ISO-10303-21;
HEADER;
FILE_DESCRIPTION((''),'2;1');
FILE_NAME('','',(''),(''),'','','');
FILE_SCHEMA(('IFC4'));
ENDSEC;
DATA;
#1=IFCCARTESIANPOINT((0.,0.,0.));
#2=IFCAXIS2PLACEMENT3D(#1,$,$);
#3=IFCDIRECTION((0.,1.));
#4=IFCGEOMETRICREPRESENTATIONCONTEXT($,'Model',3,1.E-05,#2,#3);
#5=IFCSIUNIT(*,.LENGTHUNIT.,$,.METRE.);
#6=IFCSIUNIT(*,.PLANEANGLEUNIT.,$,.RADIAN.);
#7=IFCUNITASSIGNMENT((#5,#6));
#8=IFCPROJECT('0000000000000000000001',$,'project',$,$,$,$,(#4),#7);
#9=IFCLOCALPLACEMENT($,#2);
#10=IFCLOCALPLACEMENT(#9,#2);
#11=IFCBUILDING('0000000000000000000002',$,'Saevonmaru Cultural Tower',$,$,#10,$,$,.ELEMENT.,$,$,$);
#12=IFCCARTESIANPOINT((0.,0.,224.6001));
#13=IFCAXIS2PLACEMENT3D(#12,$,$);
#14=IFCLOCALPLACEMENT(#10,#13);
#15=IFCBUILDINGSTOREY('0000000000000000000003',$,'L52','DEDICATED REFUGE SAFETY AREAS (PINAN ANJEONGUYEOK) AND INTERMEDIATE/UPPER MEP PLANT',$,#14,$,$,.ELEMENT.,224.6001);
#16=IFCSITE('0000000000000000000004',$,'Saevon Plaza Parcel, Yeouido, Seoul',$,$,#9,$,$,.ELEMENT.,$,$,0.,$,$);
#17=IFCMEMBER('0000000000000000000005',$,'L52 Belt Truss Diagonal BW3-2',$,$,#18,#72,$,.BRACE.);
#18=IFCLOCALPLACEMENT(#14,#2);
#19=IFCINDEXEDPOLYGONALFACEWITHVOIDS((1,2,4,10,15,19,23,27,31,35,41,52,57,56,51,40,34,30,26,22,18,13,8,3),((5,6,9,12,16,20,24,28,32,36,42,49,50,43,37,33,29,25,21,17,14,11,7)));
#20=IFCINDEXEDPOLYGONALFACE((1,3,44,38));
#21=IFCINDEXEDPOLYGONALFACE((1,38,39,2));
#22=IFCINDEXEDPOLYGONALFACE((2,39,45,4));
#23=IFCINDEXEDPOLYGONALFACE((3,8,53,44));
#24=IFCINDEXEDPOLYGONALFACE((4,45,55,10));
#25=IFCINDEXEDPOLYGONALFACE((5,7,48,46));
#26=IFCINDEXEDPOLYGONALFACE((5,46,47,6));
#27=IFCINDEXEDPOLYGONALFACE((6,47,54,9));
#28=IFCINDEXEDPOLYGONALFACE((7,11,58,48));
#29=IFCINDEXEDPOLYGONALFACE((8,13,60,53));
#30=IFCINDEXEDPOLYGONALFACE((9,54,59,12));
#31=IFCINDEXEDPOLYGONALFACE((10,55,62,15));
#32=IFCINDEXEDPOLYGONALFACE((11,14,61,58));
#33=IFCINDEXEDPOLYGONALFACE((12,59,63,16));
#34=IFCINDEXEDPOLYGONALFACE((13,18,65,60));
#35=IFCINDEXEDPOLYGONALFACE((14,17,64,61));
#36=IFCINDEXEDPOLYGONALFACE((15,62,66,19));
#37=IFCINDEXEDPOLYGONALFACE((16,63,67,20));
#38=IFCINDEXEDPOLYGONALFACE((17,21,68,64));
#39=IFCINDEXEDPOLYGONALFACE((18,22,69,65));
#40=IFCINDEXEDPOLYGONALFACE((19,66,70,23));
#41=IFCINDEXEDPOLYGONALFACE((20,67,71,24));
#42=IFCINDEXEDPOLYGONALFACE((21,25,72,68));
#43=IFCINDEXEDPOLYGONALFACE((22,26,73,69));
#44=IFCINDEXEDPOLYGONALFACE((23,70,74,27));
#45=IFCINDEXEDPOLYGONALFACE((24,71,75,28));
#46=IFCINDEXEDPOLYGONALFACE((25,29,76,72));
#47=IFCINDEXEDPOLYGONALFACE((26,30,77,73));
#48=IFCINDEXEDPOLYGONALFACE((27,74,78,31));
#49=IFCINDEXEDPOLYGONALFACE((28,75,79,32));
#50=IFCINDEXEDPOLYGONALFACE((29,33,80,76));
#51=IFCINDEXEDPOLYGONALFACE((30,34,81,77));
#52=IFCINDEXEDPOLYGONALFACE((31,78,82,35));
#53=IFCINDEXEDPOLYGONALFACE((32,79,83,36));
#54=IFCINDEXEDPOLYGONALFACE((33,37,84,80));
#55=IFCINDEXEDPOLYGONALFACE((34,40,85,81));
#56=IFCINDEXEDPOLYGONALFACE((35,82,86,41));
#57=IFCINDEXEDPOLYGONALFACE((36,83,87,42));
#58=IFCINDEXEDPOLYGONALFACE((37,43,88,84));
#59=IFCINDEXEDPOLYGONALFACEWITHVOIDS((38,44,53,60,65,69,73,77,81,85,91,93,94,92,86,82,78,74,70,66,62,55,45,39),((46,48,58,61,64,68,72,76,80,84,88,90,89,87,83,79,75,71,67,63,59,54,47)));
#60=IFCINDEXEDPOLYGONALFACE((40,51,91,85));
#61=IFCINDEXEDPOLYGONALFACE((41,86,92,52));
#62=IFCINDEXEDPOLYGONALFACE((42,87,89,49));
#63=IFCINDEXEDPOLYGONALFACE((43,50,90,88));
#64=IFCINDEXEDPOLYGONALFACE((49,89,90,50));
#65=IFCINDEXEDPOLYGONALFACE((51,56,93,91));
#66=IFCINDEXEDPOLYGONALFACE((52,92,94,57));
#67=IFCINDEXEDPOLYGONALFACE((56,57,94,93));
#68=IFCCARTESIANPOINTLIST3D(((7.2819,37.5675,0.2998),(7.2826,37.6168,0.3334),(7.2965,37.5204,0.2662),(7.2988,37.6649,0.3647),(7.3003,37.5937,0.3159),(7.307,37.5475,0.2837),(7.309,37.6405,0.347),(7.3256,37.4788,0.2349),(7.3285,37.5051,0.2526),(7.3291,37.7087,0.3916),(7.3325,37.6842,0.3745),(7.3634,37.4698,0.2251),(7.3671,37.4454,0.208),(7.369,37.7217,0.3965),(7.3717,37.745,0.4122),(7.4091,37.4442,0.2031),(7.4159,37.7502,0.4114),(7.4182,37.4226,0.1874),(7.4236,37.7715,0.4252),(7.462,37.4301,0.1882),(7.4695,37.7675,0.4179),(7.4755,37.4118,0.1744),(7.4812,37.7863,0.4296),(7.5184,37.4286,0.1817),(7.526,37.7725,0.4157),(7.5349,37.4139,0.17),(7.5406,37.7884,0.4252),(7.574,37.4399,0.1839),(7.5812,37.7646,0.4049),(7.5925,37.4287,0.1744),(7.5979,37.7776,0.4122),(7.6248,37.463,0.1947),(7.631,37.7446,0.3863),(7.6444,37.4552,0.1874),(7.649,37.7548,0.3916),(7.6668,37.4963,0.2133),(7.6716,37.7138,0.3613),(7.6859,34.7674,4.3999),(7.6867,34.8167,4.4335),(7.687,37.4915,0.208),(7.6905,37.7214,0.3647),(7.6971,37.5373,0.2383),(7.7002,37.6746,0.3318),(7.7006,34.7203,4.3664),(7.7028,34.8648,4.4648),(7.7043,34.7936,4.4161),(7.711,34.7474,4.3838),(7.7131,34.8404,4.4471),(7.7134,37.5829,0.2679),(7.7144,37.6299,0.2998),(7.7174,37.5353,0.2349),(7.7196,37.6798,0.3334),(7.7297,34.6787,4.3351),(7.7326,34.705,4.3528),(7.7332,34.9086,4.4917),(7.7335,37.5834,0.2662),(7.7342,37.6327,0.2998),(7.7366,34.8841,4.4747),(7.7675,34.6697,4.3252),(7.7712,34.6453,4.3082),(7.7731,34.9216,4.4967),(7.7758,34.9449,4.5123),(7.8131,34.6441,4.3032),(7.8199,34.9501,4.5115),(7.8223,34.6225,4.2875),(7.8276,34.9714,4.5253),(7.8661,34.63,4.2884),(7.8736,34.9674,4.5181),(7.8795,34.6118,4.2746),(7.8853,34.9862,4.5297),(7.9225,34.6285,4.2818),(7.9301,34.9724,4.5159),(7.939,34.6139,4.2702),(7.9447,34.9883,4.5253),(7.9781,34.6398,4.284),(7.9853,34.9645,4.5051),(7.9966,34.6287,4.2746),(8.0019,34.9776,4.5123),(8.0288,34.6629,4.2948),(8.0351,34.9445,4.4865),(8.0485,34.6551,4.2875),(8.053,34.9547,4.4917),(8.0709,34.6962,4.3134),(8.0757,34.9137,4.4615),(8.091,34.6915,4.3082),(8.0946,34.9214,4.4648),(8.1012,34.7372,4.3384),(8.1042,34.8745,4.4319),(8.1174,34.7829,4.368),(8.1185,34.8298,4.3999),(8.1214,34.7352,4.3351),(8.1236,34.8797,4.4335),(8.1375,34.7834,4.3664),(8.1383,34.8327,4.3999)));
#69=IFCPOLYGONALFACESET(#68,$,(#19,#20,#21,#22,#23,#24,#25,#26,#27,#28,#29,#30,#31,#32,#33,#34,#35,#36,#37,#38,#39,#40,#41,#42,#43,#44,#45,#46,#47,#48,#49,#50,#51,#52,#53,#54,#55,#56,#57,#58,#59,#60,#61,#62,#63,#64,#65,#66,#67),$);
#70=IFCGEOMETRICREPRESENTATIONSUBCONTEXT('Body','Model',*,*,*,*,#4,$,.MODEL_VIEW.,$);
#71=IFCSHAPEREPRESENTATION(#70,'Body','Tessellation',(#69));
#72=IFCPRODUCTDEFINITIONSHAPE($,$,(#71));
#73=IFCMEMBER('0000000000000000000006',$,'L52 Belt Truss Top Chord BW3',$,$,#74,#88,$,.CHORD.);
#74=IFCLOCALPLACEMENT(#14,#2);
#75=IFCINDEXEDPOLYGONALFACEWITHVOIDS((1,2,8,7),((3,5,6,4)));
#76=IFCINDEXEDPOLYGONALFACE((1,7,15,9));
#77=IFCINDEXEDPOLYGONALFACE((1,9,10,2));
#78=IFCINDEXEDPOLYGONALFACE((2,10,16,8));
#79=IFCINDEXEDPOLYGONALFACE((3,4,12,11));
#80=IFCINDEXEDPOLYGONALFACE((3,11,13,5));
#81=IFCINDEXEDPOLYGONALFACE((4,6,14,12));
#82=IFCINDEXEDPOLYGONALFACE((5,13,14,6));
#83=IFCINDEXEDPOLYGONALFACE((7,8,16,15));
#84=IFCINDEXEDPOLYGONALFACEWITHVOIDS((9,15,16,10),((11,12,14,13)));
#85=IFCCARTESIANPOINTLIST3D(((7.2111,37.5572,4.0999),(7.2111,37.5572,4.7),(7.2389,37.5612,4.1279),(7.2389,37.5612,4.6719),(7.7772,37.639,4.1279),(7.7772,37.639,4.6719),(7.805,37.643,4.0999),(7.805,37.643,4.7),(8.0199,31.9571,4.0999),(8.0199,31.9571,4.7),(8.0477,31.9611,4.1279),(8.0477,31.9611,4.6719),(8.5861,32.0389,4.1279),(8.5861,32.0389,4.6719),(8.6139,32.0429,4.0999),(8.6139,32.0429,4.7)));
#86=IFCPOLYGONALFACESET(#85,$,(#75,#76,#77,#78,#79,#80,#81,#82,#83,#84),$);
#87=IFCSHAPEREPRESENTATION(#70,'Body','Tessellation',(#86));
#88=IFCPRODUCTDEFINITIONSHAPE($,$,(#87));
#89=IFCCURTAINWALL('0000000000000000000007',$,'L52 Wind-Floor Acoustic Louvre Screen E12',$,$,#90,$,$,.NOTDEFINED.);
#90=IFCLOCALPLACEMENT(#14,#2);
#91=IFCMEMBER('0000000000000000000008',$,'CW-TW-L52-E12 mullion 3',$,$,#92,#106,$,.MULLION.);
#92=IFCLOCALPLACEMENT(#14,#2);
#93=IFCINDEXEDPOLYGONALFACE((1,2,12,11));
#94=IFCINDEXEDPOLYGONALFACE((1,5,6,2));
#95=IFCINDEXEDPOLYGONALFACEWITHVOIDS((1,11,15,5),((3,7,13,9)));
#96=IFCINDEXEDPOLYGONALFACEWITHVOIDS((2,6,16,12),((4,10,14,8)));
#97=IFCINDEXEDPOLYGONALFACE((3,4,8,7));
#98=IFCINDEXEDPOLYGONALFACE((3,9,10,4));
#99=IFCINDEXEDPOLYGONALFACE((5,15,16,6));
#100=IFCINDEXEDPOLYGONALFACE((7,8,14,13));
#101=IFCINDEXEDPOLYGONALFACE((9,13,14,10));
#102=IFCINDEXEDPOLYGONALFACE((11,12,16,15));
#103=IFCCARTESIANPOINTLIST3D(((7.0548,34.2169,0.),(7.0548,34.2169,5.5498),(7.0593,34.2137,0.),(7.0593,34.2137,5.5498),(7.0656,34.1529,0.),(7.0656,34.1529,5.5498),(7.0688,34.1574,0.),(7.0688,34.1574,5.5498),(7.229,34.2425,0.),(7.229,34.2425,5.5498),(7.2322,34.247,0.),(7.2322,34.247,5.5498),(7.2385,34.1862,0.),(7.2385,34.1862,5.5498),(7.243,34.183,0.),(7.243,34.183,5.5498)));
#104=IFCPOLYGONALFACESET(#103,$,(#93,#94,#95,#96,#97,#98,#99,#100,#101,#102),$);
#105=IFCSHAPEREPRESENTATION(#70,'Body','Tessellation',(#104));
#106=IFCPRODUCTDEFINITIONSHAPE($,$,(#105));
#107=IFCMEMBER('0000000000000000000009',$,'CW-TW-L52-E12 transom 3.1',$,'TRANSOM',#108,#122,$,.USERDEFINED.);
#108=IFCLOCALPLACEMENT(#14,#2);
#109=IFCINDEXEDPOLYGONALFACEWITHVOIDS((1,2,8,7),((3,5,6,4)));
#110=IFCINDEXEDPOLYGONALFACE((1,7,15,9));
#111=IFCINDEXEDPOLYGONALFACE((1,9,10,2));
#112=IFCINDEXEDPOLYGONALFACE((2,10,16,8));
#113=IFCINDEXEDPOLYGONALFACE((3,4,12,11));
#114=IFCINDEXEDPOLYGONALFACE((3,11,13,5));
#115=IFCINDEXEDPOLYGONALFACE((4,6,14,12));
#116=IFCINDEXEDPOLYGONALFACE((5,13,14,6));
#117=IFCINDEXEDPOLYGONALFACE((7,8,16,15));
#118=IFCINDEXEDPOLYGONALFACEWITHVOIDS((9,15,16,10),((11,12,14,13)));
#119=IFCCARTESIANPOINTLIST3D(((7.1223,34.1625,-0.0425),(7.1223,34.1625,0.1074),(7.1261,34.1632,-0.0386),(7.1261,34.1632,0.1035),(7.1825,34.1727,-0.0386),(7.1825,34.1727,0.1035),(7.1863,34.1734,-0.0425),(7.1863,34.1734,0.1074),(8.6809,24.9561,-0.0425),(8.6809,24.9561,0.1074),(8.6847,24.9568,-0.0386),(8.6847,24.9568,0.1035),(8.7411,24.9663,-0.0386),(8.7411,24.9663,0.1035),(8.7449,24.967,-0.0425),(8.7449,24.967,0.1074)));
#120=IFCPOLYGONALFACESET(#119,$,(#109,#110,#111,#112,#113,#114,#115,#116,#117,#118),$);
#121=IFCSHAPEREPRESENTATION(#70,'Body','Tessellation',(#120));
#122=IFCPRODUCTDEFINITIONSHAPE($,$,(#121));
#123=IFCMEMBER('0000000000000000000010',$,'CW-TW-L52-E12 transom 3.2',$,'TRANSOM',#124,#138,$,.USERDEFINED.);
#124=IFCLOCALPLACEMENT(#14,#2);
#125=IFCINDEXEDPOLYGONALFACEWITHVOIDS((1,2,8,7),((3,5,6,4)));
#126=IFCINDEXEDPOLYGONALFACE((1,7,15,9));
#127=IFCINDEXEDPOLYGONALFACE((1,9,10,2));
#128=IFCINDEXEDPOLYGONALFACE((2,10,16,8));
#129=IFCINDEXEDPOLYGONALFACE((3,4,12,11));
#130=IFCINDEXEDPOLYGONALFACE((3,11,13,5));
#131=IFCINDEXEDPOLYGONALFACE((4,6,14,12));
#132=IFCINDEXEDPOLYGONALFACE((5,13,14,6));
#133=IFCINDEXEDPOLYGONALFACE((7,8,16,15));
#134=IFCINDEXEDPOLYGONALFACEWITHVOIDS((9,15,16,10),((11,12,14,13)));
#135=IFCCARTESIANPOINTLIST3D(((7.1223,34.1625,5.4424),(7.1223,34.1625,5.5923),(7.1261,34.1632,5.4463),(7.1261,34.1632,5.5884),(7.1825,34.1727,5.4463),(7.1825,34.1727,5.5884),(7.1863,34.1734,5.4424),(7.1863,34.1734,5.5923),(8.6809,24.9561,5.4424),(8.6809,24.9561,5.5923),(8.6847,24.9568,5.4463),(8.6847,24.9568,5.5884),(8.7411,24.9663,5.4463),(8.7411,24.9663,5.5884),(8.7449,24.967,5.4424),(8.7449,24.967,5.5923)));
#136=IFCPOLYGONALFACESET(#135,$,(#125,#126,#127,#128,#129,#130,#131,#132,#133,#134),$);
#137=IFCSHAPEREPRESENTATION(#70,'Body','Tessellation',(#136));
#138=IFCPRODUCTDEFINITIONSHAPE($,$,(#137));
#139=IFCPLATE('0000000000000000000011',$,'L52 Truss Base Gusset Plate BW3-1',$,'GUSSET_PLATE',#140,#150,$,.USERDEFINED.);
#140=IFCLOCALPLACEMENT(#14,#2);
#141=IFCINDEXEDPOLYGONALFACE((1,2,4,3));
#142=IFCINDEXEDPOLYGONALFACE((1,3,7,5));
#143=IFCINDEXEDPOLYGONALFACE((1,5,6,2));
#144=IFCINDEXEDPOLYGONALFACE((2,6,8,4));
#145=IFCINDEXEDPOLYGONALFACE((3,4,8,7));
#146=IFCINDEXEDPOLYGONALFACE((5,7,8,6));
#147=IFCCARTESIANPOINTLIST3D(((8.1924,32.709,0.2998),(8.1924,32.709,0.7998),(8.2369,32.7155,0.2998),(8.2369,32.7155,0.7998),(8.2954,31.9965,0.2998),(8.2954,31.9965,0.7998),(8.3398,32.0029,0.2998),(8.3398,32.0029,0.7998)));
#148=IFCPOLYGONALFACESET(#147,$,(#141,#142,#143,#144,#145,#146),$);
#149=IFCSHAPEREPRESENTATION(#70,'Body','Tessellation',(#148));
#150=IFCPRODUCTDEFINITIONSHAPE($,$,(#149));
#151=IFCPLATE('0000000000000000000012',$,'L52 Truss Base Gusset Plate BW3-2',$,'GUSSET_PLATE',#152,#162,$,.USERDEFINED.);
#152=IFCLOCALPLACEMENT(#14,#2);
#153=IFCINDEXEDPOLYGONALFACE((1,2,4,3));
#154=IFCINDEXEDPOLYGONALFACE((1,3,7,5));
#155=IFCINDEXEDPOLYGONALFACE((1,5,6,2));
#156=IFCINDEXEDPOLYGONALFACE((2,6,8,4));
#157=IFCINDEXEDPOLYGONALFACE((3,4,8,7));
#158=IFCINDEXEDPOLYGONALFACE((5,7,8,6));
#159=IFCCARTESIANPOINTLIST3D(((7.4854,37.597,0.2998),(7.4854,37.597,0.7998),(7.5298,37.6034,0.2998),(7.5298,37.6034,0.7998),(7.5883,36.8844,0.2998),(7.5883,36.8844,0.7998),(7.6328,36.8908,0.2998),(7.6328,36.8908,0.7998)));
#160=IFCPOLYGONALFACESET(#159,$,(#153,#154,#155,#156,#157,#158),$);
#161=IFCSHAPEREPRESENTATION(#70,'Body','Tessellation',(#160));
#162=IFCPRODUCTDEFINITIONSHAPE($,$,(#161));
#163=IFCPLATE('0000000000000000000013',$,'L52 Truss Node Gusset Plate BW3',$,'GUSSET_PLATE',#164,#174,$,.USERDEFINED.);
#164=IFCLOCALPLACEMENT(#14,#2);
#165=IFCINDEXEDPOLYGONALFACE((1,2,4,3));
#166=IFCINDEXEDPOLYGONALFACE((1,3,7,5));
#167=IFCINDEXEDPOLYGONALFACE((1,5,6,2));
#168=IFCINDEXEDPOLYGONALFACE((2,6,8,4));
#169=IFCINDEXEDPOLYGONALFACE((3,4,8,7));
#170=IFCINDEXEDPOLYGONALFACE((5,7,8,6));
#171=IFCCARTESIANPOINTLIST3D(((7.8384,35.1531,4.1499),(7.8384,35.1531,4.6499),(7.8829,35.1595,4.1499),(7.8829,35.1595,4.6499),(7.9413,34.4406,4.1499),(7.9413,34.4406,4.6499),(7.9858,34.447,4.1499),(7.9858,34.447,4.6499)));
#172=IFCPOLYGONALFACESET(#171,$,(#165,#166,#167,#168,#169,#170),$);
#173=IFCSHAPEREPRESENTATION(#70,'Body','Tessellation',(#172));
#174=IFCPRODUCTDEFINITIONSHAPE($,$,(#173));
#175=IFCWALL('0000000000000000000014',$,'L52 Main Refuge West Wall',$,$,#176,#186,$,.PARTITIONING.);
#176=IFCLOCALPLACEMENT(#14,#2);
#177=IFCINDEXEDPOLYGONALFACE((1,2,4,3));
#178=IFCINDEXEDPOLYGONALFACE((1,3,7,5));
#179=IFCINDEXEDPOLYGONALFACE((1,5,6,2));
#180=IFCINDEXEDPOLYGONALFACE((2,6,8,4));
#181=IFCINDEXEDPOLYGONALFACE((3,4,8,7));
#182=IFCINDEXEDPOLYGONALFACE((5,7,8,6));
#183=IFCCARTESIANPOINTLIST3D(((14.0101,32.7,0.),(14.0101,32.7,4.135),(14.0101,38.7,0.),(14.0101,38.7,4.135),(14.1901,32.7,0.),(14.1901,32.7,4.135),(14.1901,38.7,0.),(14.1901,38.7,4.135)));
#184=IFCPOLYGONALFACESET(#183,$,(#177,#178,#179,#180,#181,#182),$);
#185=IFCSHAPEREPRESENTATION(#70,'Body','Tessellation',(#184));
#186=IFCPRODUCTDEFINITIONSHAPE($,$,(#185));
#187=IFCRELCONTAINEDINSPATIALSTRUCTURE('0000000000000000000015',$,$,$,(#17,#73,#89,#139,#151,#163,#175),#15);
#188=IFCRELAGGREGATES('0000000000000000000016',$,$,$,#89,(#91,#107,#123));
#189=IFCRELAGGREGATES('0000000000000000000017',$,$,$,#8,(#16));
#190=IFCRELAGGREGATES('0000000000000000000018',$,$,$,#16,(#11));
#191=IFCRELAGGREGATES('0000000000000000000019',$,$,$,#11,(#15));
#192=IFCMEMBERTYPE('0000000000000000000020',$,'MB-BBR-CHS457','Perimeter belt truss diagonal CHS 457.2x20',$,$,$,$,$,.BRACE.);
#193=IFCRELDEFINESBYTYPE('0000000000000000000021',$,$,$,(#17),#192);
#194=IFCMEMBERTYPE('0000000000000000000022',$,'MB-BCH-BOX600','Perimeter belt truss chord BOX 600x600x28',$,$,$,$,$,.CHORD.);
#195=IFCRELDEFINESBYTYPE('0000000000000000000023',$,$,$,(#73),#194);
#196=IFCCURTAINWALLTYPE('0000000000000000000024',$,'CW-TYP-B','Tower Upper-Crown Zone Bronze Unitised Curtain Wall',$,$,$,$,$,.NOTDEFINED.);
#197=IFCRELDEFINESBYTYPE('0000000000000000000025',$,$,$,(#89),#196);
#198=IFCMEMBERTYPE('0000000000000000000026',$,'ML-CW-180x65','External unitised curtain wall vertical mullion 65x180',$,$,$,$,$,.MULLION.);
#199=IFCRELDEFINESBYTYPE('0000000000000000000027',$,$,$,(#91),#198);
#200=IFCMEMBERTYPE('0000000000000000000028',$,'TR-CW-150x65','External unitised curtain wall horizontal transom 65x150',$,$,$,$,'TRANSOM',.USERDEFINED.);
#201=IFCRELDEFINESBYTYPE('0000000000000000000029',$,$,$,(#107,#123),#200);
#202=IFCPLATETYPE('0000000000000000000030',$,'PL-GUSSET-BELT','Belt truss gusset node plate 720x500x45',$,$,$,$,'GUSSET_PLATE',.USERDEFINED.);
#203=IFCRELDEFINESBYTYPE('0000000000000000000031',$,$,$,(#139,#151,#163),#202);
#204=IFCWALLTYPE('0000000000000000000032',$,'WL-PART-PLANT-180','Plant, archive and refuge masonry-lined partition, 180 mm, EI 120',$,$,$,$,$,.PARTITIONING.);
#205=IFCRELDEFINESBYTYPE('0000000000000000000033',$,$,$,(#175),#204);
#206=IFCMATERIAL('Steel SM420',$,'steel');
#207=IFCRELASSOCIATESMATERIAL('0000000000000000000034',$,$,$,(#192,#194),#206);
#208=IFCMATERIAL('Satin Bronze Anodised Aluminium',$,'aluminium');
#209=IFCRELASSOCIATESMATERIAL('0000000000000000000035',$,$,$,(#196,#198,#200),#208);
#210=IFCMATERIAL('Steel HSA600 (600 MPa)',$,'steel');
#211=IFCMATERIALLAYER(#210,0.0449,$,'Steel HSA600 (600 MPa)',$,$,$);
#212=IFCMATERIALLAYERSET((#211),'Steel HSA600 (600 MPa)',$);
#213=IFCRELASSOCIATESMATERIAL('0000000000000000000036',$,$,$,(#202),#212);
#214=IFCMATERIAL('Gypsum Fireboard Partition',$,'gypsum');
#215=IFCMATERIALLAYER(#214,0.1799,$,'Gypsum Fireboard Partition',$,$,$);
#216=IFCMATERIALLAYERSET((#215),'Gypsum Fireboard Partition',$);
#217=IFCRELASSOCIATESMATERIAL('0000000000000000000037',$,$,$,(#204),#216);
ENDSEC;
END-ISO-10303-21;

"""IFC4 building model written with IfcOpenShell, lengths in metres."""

from ifc_helpers import new_model, si_unit, direction, frame, frame_2d, origin, origin_2d, place, context, subcontext, project, spatial, rectangle, hollow_rectangle, hollow_circle, extrude, material, layer, layer_set, material_profile, profile_set, type_object, element, aggregate, save


model = new_model("IFC4")

# Units and contexts
model_context = context("Model", 3, precision=1e-05, world=origin(), true_north=direction((0.0, 1.0)))
body_context = subcontext(model_context, "Body", "Model", "MODEL_VIEW")
ifc_project = project(units=[si_unit("LENGTHUNIT", "METRE"), si_unit("PLANEANGLEUNIT", "RADIAN")], contexts=[model_context])

# Site, building, storey
site_placement = place(None, origin())
site = spatial("IfcSite", under=ifc_project, at=site_placement, Name="Saevon Plaza Parcel, Yeouido, Seoul", CompositionType="ELEMENT", RefElevation=0.0)
building_placement = place(site_placement, origin())
building = spatial("IfcBuilding", under=site, at=building_placement, Name="Saevonmaru Cultural Tower", CompositionType="ELEMENT")
storey_placement = place(building_placement, frame((0.0, 0.0, 224.6001)))
storey = spatial("IfcBuildingStorey", under=building, at=storey_placement, Name="L52", Description="DEDICATED REFUGE SAFETY AREAS (PINAN ANJEONGUYEOK) AND INTERMEDIATE/UPPER MEP PLANT", CompositionType="ELEMENT", Elevation=224.6001)

# Shared definitions
ifc_material_1 = material(Name="Steel SM420", Category="steel")

# Shared definitions
ifc_material_2 = material(Name="Steel HSA600 (600 MPa)", Category="steel")

# Members
ifc_material_profile_1 = material_profile(ifc_material_1, hollow_circle(Radius=0.2285, WallThickness=0.02, at=origin_2d()), Name="CHS-457.2x20")
ifc_profile_set_1 = profile_set([ifc_material_profile_1], Name="Steel SM420")
member_type_1 = type_object("IfcMemberType", Name="MB-BBR-CHS457", Description="Perimeter belt truss diagonal CHS 457.2x20", PredefinedType="BRACE", material=ifc_profile_set_1)
for number, where, z_axis, x_axis, name in (
    (1, (7.5081, 37.6001, 0.2998), (0.081112, -0.562101, 0.823082), (0.989748, 0.142823, 0.0), "L52 Belt Truss Diagonal BW3-2"),
):
    element("IfcMember", number, at=place(storey_placement, frame(where, z_axis=z_axis, x_axis=x_axis)), inside=storey, type_object=member_type_1, Name=name, PredefinedType="BRACE", context=body_context, shape_type="SweptSolid", body=[
        extrude(hollow_circle(Radius=0.2285, WallThickness=0.02, at=origin_2d()), origin(), (0.0, 0.0, 1.0), 4.9814),
    ])
ifc_material_profile_2 = material_profile(ifc_material_1, hollow_rectangle(XDim=0.6001, YDim=0.6001, WallThickness=0.0281, at=origin_2d()), Name="BOX-600x600x28")
ifc_profile_set_2 = profile_set([ifc_material_profile_2], Name="Steel SM420")
member_type_2 = type_object("IfcMemberType", Name="MB-BCH-BOX600", Description="Perimeter belt truss chord BOX 600x600x28", PredefinedType="CHORD", material=ifc_profile_set_2)
member_1_placement = place(storey_placement, frame((8.3169, 32.0, 4.3999), z_axis=(-0.142949, 0.98973, 0.0), x_axis=(-0.98973, -0.142949, 0.0)))
element("IfcMember", 2, at=member_1_placement, inside=storey, type_object=member_type_2, Name="L52 Belt Truss Top Chord BW3", PredefinedType="CHORD", context=body_context, shape_type="SweptSolid", body=[
    extrude(hollow_rectangle(XDim=0.6001, YDim=0.6001, WallThickness=0.0281, at=origin_2d()), origin(), (0.0, 0.0, 1.0), 5.6582),
])

# Curtain wall, members
ifc_material_3 = material(Name="Satin Bronze Anodised Aluminium", Category="aluminium")
curtain_wall_type = type_object("IfcCurtainWallType", Name="CW-TYP-B", Description="Tower Upper-Crown Zone Bronze Unitised Curtain Wall", PredefinedType="NOTDEFINED", material=ifc_material_3)
curtain_wall_placement = place(storey_placement, origin())
curtain_wall = element("IfcCurtainWall", 3, at=curtain_wall_placement, inside=storey, type_object=curtain_wall_type, Name="L52 Wind-Floor Acoustic Louvre Screen E12", PredefinedType="NOTDEFINED")
ifc_material_profile_3 = material_profile(ifc_material_3, hollow_rectangle(XDim=0.0649, YDim=0.1799, WallThickness=0.0039, at=origin_2d()), Name="ALU-MULL-180x65x4")
ifc_profile_set_3 = profile_set([ifc_material_profile_3], Name="Satin Bronze Anodised Aluminium")
member_type_3 = type_object("IfcMemberType", Name="ML-CW-180x65", Description="External unitised curtain wall vertical mullion 65x180", PredefinedType="MULLION", material=ifc_profile_set_3)
member_2_placement = place(storey_placement, frame((7.1489, 34.2, 0.0), z_axis=(0.0, 0.0, 1.0), x_axis=(0.166922, -0.98597, 0.0)))
member_2 = element("IfcMember", 4, at=member_2_placement, type_object=member_type_3, Name="CW-TW-L52-E12 mullion 3", PredefinedType="MULLION", context=body_context, shape_type="SweptSolid", body=[
    extrude(hollow_rectangle(XDim=0.0649, YDim=0.1799, WallThickness=0.0039, at=origin_2d()), origin(), (0.0, 0.0, 1.0), 5.5498),
])
ifc_material_profile_4 = material_profile(ifc_material_3, hollow_rectangle(XDim=0.0649, YDim=0.1499, WallThickness=0.0039, at=origin_2d()), Name="ALU-TRAN-150x65x4")
ifc_profile_set_4 = profile_set([ifc_material_profile_4], Name="Satin Bronze Anodised Aluminium")
member_type_4 = type_object("IfcMemberType", Name="TR-CW-150x65", Description="External unitised curtain wall horizontal transom 65x150", ElementType="TRANSOM", PredefinedType="USERDEFINED", material=ifc_profile_set_4)
member_3_placement = place(storey_placement, frame((7.1543, 34.168, 0.0325), z_axis=(0.166921, -0.98597, 0.0), x_axis=(0.98597, 0.166921, 0.0)))
member_3 = element("IfcMember", 5, at=member_3_placement, type_object=member_type_4, Name="CW-TW-L52-E12 transom 3.1", ObjectType="TRANSOM", PredefinedType="USERDEFINED", context=body_context, shape_type="SweptSolid", body=[
    extrude(hollow_rectangle(XDim=0.0649, YDim=0.1499, WallThickness=0.0039, at=origin_2d()), origin(), (0.0, 0.0, 1.0), 9.3374),
])
member_4_placement = place(storey_placement, frame((7.1543, 34.168, 5.5173), z_axis=(0.166921, -0.98597, 0.0), x_axis=(0.98597, 0.166921, 0.0)))
member_4 = element("IfcMember", 6, at=member_4_placement, type_object=member_type_4, Name="CW-TW-L52-E12 transom 3.2", ObjectType="TRANSOM", PredefinedType="USERDEFINED", context=body_context, shape_type="SweptSolid", body=[
    extrude(hollow_rectangle(XDim=0.0649, YDim=0.1499, WallThickness=0.0039, at=origin_2d()), origin(), (0.0, 0.0, 1.0), 9.3374),
])
aggregate(curtain_wall, [member_2, member_3, member_4])

# Plates
ifc_layer_1 = layer(ifc_material_2, 0.0449, Name="Steel HSA600 (600 MPa)")
ifc_layer_set_1 = layer_set([ifc_layer_1], Name="Steel HSA600 (600 MPa)")
plate_type = type_object("IfcPlateType", Name="PL-GUSSET-BELT", Description="Belt truss gusset node plate 720x500x45", ElementType="GUSSET_PLATE", PredefinedType="USERDEFINED", material=ifc_layer_set_1)
for number, where, z_axis, x_axis, name in (
    (7, (8.2661, 32.356, 0.2998), (0.0, 0.0, 1.0), (-0.142974, 0.989726, 0.0), "L52 Truss Base Gusset Plate BW3-1"),
    (8, (7.5591, 37.2439, 0.2998), (0.0, 0.0, 1.0), (-0.142974, 0.989726, 0.0), "L52 Truss Base Gusset Plate BW3-2"),
    (9, (7.9121, 34.8, 4.1499), (0.0, 0.0, 1.0), (-0.142974, 0.989726, 0.0), "L52 Truss Node Gusset Plate BW3"),
):
    element("IfcPlate", number, at=place(storey_placement, frame(where, z_axis=z_axis, x_axis=x_axis)), inside=storey, type_object=plate_type, Name=name, ObjectType="GUSSET_PLATE", PredefinedType="USERDEFINED", context=body_context, shape_type="SweptSolid", body=[
        extrude(rectangle(XDim=0.72, YDim=0.0449, at=origin_2d()), origin(), (0.0, 0.0, 1.0), 0.5),
    ])

# Wall
ifc_material_4 = material(Name="Gypsum Fireboard Partition", Category="gypsum")
ifc_layer_2 = layer(ifc_material_4, 0.1799, Name="Gypsum Fireboard Partition")
ifc_layer_set_2 = layer_set([ifc_layer_2], Name="Gypsum Fireboard Partition")
wall_type = type_object("IfcWallType", Name="WL-PART-PLANT-180", Description="Plant, archive and refuge masonry-lined partition, 180 mm, EI 120", PredefinedType="PARTITIONING", material=ifc_layer_set_2)
wall_1_placement = place(storey_placement, frame((14.1001, 32.7, 0.0), z_axis=(0.0, 0.0, 1.0), x_axis=(0.0, 1.0, 0.0)))
element("IfcWall", 10, at=wall_1_placement, inside=storey, type_object=wall_type, Name="L52 Main Refuge West Wall", PredefinedType="PARTITIONING", context=body_context, shape_type="SweptSolid", body=[
    extrude(rectangle(XDim=6.0, YDim=0.1799, at=frame_2d((3.0, 0.0))), origin(), (0.0, 0.0, 1.0), 4.135),
])

save(model, "model.ifc")
